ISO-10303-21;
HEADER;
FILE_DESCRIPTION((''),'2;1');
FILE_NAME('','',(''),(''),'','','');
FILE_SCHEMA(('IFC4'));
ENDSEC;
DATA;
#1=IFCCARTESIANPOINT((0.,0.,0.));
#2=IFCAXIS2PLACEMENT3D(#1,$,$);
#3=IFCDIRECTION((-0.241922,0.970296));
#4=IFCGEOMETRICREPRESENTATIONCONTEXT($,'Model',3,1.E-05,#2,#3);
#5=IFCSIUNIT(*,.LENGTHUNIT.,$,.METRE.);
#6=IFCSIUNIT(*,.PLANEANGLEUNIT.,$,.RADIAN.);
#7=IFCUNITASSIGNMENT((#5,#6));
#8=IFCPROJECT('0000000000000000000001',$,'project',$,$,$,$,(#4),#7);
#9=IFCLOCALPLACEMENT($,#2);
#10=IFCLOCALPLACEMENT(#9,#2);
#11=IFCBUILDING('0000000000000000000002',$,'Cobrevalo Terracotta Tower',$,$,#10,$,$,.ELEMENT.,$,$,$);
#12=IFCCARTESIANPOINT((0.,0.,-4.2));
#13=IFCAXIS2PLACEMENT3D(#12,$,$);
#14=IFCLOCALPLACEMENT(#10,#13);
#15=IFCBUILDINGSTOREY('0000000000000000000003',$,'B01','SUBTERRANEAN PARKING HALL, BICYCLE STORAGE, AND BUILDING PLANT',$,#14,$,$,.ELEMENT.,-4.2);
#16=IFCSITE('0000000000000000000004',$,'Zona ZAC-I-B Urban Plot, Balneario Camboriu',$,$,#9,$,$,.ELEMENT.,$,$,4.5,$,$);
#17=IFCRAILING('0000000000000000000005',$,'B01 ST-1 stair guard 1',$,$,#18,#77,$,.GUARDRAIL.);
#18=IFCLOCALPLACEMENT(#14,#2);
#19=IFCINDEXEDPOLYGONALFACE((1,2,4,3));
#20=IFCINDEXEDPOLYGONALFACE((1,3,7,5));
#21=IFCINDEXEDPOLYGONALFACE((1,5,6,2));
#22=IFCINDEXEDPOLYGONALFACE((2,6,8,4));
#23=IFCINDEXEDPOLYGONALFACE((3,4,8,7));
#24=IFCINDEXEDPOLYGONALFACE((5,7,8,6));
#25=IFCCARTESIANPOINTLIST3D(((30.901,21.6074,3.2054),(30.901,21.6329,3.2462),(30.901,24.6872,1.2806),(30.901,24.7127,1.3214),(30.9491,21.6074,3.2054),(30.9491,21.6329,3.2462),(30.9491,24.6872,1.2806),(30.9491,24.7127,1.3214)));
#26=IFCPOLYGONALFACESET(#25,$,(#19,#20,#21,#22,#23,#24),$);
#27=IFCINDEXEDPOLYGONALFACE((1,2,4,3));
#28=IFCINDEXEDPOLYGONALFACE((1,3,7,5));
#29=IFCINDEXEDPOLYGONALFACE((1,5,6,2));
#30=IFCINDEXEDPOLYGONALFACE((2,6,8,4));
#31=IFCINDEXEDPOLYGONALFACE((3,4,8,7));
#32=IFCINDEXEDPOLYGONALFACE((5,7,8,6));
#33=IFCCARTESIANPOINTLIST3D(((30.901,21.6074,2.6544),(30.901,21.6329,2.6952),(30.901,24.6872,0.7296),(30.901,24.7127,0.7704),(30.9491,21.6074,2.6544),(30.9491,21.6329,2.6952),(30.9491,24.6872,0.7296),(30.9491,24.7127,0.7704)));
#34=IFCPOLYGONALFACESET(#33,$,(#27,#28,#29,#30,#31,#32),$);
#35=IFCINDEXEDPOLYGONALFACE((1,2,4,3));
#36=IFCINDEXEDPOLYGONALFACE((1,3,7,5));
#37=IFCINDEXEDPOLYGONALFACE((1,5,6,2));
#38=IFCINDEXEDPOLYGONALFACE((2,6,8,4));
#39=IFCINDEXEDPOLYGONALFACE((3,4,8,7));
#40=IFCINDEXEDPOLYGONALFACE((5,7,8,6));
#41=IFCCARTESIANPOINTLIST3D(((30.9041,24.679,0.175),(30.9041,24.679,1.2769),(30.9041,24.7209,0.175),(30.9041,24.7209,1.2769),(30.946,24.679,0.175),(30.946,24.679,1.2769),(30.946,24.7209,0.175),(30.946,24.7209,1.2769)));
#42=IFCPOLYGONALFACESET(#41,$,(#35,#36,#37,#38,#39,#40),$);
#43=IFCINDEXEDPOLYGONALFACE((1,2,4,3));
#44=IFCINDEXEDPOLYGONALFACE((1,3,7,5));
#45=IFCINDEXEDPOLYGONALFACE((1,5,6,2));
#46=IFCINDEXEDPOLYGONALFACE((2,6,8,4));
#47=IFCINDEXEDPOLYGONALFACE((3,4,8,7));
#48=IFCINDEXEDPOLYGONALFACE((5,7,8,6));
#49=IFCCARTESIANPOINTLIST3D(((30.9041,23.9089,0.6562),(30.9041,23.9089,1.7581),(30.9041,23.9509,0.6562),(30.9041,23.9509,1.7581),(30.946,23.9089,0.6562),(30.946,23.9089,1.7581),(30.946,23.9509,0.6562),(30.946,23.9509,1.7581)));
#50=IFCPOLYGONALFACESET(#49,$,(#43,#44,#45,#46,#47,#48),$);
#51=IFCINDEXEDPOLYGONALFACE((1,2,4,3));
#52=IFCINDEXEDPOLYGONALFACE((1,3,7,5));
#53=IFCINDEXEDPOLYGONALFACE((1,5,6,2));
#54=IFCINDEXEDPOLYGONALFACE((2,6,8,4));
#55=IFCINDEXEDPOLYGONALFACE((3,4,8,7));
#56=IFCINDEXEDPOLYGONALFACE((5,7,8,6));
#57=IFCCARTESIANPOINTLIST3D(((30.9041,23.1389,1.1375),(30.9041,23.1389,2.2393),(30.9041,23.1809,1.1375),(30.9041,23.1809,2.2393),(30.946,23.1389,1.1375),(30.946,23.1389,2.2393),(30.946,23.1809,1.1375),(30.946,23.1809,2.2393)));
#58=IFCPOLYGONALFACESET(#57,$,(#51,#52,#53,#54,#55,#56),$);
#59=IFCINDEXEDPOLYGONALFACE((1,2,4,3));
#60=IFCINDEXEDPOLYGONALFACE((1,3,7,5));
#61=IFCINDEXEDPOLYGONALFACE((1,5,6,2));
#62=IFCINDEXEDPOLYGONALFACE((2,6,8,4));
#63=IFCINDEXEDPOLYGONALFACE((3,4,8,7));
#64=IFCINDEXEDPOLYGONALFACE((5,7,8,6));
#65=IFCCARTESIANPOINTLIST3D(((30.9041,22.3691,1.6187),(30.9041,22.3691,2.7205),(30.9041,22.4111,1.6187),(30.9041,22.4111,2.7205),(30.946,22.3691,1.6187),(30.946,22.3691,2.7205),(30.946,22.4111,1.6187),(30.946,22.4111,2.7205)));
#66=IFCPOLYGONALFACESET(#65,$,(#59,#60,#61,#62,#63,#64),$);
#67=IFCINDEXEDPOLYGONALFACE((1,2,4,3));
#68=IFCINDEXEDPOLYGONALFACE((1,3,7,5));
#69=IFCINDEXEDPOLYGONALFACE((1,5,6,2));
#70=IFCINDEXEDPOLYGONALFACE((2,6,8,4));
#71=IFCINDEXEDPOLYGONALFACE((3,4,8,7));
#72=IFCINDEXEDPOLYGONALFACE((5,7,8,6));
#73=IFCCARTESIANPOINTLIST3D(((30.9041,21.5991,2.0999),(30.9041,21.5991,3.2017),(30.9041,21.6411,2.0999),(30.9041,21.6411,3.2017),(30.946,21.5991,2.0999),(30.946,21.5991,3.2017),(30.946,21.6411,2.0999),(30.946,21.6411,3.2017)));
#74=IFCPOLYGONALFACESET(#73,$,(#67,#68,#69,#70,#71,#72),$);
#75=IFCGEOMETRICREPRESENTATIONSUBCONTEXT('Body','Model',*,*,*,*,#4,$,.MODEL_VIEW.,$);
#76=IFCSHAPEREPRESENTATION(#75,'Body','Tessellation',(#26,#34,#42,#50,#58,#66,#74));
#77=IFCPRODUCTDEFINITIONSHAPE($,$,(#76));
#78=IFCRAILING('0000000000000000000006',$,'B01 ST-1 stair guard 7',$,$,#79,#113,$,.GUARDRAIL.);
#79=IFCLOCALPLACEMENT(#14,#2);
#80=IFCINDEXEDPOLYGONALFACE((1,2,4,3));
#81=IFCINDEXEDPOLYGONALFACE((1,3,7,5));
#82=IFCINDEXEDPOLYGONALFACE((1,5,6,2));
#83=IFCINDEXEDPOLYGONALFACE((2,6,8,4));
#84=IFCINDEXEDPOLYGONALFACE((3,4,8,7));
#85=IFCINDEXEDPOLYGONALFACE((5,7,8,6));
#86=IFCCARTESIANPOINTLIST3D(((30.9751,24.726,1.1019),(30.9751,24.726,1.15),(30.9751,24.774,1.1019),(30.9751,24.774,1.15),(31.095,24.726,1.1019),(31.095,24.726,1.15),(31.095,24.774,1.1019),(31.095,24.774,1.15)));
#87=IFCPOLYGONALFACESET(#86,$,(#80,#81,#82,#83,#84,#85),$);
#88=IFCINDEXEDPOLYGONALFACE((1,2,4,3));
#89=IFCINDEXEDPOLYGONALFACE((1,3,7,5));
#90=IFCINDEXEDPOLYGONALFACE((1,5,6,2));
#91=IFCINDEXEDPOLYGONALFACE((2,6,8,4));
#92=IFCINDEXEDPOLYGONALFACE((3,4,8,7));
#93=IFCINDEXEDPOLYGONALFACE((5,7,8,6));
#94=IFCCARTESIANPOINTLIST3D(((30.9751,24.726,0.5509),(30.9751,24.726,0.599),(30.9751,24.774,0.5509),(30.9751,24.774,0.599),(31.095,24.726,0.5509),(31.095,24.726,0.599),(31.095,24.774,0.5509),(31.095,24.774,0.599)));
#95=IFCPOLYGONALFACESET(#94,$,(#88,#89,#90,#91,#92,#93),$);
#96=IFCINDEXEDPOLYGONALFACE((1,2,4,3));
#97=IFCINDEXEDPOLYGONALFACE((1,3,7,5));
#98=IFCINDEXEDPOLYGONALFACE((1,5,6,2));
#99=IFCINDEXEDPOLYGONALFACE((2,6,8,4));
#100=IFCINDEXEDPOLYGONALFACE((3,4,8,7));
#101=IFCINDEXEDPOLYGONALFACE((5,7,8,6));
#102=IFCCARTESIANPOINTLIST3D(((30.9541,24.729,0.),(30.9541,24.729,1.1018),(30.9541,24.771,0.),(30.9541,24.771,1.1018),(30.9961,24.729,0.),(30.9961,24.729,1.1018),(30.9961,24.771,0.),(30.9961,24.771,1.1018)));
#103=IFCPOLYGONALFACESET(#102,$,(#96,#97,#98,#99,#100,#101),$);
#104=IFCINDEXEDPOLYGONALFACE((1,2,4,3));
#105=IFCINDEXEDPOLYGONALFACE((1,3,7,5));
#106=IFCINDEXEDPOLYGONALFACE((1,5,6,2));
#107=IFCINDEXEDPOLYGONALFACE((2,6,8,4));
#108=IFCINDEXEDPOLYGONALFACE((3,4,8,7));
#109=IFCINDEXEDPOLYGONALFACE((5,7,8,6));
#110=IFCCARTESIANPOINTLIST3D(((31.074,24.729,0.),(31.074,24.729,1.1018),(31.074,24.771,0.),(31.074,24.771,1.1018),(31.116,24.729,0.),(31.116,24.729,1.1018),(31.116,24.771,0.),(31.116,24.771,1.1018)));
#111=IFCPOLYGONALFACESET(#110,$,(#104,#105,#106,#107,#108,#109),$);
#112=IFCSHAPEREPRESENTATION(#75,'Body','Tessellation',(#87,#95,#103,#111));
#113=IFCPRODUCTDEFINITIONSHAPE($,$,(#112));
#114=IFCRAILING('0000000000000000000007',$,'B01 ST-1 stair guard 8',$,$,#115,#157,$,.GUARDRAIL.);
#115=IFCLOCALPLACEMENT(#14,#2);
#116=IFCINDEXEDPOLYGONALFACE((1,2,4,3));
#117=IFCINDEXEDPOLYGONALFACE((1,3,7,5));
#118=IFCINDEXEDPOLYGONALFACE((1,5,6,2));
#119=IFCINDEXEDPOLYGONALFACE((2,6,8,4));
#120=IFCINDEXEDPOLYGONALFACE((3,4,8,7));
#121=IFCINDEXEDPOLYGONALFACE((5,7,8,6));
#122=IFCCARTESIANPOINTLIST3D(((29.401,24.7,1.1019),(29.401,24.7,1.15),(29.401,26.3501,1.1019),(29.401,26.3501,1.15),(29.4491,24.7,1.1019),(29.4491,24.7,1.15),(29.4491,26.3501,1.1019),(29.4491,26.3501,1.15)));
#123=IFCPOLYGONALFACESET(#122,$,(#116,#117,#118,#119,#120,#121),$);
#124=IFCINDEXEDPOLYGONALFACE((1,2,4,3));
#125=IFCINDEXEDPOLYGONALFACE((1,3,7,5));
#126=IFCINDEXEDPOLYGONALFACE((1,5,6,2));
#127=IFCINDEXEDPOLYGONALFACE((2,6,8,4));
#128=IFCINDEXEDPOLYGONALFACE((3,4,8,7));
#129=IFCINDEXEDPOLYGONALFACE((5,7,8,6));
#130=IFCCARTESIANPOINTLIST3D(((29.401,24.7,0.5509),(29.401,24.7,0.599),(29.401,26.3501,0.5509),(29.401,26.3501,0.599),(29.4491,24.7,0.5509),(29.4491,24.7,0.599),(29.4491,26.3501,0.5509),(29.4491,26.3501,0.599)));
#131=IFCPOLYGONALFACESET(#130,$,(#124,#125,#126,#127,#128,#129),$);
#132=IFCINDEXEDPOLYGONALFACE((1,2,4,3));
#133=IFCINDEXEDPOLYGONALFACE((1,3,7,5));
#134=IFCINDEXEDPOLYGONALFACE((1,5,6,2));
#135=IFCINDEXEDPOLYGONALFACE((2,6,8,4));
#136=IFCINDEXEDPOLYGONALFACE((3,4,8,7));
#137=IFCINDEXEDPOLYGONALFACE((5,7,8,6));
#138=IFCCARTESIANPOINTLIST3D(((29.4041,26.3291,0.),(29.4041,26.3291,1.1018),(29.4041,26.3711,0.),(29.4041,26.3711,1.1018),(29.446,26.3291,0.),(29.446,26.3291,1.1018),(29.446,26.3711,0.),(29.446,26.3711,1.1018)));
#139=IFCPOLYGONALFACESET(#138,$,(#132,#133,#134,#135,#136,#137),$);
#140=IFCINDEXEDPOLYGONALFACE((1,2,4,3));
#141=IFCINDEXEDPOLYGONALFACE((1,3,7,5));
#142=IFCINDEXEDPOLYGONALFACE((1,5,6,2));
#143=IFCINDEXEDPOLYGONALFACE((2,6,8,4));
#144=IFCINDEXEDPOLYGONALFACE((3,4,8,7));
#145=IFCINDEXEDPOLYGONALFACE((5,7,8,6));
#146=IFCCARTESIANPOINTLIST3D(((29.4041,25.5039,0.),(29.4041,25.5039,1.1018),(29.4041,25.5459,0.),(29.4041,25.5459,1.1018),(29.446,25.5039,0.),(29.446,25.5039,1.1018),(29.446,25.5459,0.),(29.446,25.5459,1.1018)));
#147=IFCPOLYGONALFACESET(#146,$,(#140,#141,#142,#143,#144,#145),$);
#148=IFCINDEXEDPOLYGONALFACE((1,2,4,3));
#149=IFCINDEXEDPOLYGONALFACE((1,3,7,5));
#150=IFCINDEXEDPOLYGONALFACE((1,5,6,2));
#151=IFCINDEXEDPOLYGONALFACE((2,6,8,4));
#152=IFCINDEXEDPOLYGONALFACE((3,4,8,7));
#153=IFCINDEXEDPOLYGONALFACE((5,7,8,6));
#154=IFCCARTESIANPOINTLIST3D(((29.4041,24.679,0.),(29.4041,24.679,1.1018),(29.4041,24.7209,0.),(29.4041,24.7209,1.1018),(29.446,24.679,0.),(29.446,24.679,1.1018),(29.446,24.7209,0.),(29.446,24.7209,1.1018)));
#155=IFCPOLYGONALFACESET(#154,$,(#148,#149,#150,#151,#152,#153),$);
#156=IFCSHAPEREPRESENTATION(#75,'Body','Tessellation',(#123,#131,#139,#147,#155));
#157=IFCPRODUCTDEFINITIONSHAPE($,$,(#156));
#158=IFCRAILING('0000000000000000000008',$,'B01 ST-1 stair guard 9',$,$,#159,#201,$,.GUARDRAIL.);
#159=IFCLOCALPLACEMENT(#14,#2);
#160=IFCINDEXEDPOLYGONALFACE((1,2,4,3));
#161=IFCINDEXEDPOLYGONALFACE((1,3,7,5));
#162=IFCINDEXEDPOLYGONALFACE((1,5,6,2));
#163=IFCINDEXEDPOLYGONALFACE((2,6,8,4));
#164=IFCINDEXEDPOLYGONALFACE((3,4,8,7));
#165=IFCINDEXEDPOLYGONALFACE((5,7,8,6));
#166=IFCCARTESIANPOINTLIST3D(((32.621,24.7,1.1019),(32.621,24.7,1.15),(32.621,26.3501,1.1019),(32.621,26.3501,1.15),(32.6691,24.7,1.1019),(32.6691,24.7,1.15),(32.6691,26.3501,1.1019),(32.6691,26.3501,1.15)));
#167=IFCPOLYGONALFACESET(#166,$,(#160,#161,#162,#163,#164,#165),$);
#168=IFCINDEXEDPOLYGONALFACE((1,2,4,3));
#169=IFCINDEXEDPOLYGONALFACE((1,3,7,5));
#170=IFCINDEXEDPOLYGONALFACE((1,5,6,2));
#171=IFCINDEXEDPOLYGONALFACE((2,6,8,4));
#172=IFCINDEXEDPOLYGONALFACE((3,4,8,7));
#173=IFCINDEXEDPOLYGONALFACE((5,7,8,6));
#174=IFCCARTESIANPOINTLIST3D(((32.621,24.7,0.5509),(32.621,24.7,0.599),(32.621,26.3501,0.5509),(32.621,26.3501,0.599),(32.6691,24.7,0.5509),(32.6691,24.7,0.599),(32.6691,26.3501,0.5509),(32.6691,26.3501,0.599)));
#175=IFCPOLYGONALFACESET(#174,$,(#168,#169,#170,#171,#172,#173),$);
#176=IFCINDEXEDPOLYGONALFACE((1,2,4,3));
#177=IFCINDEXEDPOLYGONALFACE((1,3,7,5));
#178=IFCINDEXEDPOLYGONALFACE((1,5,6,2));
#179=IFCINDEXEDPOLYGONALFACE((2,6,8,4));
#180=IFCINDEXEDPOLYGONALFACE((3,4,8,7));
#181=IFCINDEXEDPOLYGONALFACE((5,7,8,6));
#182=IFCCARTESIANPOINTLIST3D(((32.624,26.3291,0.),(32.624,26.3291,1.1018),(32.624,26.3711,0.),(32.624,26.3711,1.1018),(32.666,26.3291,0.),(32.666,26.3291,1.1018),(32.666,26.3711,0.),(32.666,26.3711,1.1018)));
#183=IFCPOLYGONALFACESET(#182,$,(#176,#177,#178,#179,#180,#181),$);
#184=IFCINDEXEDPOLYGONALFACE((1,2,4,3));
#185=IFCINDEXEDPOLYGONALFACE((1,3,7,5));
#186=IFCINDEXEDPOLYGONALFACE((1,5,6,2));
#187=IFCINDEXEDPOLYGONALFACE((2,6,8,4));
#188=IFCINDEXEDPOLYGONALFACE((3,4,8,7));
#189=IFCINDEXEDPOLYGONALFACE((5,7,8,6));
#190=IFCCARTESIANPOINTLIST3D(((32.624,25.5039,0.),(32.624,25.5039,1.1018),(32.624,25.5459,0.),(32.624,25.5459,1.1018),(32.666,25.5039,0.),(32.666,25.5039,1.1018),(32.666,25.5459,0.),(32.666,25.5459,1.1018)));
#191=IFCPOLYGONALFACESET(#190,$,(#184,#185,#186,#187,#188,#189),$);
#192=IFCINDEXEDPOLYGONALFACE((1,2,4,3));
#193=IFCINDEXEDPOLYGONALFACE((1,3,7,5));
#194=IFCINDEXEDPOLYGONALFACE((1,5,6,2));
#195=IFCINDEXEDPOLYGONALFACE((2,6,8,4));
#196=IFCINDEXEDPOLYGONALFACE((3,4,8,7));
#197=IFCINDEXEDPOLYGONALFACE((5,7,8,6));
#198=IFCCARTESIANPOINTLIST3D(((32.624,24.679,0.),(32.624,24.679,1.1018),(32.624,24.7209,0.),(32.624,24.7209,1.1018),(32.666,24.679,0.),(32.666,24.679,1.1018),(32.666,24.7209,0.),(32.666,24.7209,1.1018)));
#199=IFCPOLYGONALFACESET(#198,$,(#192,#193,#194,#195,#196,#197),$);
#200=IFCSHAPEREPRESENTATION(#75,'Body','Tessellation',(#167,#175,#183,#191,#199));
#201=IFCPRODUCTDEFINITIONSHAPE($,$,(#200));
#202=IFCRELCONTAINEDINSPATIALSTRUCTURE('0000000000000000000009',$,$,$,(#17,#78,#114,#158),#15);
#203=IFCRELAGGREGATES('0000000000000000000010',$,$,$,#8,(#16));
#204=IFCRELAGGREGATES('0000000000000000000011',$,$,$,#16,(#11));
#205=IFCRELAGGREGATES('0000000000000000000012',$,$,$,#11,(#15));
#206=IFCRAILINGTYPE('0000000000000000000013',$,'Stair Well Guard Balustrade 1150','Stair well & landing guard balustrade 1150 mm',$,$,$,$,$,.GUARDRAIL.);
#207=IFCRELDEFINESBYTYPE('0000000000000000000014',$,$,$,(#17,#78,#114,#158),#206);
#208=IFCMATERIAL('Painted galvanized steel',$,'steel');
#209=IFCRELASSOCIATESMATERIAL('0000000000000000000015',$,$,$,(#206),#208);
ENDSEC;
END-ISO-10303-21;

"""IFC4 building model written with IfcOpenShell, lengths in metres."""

from ifc_helpers import new_model, si_unit, direction, frame, origin, origin_2d, place, context, subcontext, project, spatial, rectangle, extrude, material, type_object, element, save


model = new_model("IFC4")

# Units and contexts
model_context = context("Model", 3, precision=1e-05, world=origin(), true_north=direction((-0.241922, 0.970296)))
body_context = subcontext(model_context, "Body", "Model", "MODEL_VIEW")
ifc_project = project(units=[si_unit("LENGTHUNIT", "METRE"), si_unit("PLANEANGLEUNIT", "RADIAN")], contexts=[model_context])

# Site, building, storey
site_placement = place(None, origin())
site = spatial("IfcSite", under=ifc_project, at=site_placement, Name="Zona ZAC-I-B Urban Plot, Balneario Camboriu", CompositionType="ELEMENT", RefElevation=4.5)
building_placement = place(site_placement, origin())
building = spatial("IfcBuilding", under=site, at=building_placement, Name="Cobrevalo Terracotta Tower", CompositionType="ELEMENT")
storey_placement = place(building_placement, frame((0.0, 0.0, -4.2)))
storey = spatial("IfcBuildingStorey", under=building, at=storey_placement, Name="B01", Description="SUBTERRANEAN PARKING HALL, BICYCLE STORAGE, AND BUILDING PLANT", CompositionType="ELEMENT", Elevation=-4.2)

# Railings
ifc_material_1 = material(Name="Painted galvanized steel", Category="steel")
railing_type_1 = type_object("IfcRailingType", Name="Stair Well Guard Balustrade 1150", Description="Stair well & landing guard balustrade 1150 mm", PredefinedType="GUARDRAIL", material=ifc_material_1)
railing_1_placement = place(storey_placement, frame((30.925, 24.7, 0.175)))
element("IfcRailing", 1, at=railing_1_placement, inside=storey, type_object=railing_type_1, Name="B01 ST-1 stair guard 1", PredefinedType="GUARDRAIL", context=body_context, shape_type="SweptSolid", body=[
    extrude(rectangle(XDim=0.0481, YDim=0.0481, at=origin_2d()), frame((0.0, 0.0, 1.126), z_axis=(0.0, -0.84801, 0.529981), x_axis=(1.0, 0.0, 0.0)), (0.0, 0.0, 1.0), 3.6318),
    extrude(rectangle(XDim=0.0481, YDim=0.0481, at=origin_2d()), frame((0.0, 0.0, 0.575), z_axis=(0.0, -0.84801, 0.529981), x_axis=(1.0, 0.0, 0.0)), (0.0, 0.0, 1.0), 3.6318),
    extrude(rectangle(XDim=0.042, YDim=0.042, at=origin_2d()), origin(), (0.0, 0.0, 1.0), 1.1018),
    extrude(rectangle(XDim=0.042, YDim=0.042, at=origin_2d()), frame((0.0, -0.77, 0.4812)), (0.0, 0.0, 1.0), 1.1018),
    extrude(rectangle(XDim=0.042, YDim=0.042, at=origin_2d()), frame((0.0, -1.54, 0.9624)), (0.0, 0.0, 1.0), 1.1018),
    extrude(rectangle(XDim=0.042, YDim=0.042, at=origin_2d()), frame((0.0, -2.3098, 1.4436)), (0.0, 0.0, 1.0), 1.1018),
    extrude(rectangle(XDim=0.042, YDim=0.042, at=origin_2d()), frame((0.0, -3.0798, 1.9248)), (0.0, 0.0, 1.0), 1.1018),
])
railing_2_placement = place(storey_placement, frame((30.9751, 24.75, 0.0)))
element("IfcRailing", 2, at=railing_2_placement, inside=storey, type_object=railing_type_1, Name="B01 ST-1 stair guard 7", PredefinedType="GUARDRAIL", context=body_context, shape_type="SweptSolid", body=[
    extrude(rectangle(XDim=0.0481, YDim=0.0481, at=origin_2d()), frame((0.0, 0.0, 1.126), z_axis=(1.0, 0.0, 0.0), x_axis=(0.0, 1.0, 0.0)), (0.0, 0.0, 1.0), 0.1199),
    extrude(rectangle(XDim=0.0481, YDim=0.0481, at=origin_2d()), frame((0.0, 0.0, 0.575), z_axis=(1.0, 0.0, 0.0), x_axis=(0.0, 1.0, 0.0)), (0.0, 0.0, 1.0), 0.1199),
    extrude(rectangle(XDim=0.042, YDim=0.042, at=origin_2d()), origin(), (0.0, 0.0, 1.0), 1.1018),
    extrude(rectangle(XDim=0.042, YDim=0.042, at=origin_2d()), frame((0.1199, 0.0, 0.0)), (0.0, 0.0, 1.0), 1.1018),
])
for number, where, name in (
    (3, (29.425, 26.3501, 0.0), "B01 ST-1 stair guard 8"),
    (4, (32.645, 26.3501, 0.0), "B01 ST-1 stair guard 9"),
):
    element("IfcRailing", number, at=place(storey_placement, frame(where)), inside=storey, type_object=railing_type_1, Name=name, PredefinedType="GUARDRAIL", context=body_context, shape_type="SweptSolid", body=[
        extrude(rectangle(XDim=0.0481, YDim=0.0481, at=origin_2d()), frame((0.0, 0.0, 1.126), z_axis=(0.0, -1.0, 0.0), x_axis=(1.0, 0.0, 0.0)), (0.0, 0.0, 1.0), 1.6501),
        extrude(rectangle(XDim=0.0481, YDim=0.0481, at=origin_2d()), frame((0.0, 0.0, 0.575), z_axis=(0.0, -1.0, 0.0), x_axis=(1.0, 0.0, 0.0)), (0.0, 0.0, 1.0), 1.6501),
        extrude(rectangle(XDim=0.042, YDim=0.042, at=origin_2d()), origin(), (0.0, 0.0, 1.0), 1.1018),
        extrude(rectangle(XDim=0.042, YDim=0.042, at=origin_2d()), frame((0.0, -0.8252, 0.0)), (0.0, 0.0, 1.0), 1.1018),
        extrude(rectangle(XDim=0.042, YDim=0.042, at=origin_2d()), frame((0.0, -1.6501, 0.0)), (0.0, 0.0, 1.0), 1.1018),
    ])

save(model, "model.ifc")
